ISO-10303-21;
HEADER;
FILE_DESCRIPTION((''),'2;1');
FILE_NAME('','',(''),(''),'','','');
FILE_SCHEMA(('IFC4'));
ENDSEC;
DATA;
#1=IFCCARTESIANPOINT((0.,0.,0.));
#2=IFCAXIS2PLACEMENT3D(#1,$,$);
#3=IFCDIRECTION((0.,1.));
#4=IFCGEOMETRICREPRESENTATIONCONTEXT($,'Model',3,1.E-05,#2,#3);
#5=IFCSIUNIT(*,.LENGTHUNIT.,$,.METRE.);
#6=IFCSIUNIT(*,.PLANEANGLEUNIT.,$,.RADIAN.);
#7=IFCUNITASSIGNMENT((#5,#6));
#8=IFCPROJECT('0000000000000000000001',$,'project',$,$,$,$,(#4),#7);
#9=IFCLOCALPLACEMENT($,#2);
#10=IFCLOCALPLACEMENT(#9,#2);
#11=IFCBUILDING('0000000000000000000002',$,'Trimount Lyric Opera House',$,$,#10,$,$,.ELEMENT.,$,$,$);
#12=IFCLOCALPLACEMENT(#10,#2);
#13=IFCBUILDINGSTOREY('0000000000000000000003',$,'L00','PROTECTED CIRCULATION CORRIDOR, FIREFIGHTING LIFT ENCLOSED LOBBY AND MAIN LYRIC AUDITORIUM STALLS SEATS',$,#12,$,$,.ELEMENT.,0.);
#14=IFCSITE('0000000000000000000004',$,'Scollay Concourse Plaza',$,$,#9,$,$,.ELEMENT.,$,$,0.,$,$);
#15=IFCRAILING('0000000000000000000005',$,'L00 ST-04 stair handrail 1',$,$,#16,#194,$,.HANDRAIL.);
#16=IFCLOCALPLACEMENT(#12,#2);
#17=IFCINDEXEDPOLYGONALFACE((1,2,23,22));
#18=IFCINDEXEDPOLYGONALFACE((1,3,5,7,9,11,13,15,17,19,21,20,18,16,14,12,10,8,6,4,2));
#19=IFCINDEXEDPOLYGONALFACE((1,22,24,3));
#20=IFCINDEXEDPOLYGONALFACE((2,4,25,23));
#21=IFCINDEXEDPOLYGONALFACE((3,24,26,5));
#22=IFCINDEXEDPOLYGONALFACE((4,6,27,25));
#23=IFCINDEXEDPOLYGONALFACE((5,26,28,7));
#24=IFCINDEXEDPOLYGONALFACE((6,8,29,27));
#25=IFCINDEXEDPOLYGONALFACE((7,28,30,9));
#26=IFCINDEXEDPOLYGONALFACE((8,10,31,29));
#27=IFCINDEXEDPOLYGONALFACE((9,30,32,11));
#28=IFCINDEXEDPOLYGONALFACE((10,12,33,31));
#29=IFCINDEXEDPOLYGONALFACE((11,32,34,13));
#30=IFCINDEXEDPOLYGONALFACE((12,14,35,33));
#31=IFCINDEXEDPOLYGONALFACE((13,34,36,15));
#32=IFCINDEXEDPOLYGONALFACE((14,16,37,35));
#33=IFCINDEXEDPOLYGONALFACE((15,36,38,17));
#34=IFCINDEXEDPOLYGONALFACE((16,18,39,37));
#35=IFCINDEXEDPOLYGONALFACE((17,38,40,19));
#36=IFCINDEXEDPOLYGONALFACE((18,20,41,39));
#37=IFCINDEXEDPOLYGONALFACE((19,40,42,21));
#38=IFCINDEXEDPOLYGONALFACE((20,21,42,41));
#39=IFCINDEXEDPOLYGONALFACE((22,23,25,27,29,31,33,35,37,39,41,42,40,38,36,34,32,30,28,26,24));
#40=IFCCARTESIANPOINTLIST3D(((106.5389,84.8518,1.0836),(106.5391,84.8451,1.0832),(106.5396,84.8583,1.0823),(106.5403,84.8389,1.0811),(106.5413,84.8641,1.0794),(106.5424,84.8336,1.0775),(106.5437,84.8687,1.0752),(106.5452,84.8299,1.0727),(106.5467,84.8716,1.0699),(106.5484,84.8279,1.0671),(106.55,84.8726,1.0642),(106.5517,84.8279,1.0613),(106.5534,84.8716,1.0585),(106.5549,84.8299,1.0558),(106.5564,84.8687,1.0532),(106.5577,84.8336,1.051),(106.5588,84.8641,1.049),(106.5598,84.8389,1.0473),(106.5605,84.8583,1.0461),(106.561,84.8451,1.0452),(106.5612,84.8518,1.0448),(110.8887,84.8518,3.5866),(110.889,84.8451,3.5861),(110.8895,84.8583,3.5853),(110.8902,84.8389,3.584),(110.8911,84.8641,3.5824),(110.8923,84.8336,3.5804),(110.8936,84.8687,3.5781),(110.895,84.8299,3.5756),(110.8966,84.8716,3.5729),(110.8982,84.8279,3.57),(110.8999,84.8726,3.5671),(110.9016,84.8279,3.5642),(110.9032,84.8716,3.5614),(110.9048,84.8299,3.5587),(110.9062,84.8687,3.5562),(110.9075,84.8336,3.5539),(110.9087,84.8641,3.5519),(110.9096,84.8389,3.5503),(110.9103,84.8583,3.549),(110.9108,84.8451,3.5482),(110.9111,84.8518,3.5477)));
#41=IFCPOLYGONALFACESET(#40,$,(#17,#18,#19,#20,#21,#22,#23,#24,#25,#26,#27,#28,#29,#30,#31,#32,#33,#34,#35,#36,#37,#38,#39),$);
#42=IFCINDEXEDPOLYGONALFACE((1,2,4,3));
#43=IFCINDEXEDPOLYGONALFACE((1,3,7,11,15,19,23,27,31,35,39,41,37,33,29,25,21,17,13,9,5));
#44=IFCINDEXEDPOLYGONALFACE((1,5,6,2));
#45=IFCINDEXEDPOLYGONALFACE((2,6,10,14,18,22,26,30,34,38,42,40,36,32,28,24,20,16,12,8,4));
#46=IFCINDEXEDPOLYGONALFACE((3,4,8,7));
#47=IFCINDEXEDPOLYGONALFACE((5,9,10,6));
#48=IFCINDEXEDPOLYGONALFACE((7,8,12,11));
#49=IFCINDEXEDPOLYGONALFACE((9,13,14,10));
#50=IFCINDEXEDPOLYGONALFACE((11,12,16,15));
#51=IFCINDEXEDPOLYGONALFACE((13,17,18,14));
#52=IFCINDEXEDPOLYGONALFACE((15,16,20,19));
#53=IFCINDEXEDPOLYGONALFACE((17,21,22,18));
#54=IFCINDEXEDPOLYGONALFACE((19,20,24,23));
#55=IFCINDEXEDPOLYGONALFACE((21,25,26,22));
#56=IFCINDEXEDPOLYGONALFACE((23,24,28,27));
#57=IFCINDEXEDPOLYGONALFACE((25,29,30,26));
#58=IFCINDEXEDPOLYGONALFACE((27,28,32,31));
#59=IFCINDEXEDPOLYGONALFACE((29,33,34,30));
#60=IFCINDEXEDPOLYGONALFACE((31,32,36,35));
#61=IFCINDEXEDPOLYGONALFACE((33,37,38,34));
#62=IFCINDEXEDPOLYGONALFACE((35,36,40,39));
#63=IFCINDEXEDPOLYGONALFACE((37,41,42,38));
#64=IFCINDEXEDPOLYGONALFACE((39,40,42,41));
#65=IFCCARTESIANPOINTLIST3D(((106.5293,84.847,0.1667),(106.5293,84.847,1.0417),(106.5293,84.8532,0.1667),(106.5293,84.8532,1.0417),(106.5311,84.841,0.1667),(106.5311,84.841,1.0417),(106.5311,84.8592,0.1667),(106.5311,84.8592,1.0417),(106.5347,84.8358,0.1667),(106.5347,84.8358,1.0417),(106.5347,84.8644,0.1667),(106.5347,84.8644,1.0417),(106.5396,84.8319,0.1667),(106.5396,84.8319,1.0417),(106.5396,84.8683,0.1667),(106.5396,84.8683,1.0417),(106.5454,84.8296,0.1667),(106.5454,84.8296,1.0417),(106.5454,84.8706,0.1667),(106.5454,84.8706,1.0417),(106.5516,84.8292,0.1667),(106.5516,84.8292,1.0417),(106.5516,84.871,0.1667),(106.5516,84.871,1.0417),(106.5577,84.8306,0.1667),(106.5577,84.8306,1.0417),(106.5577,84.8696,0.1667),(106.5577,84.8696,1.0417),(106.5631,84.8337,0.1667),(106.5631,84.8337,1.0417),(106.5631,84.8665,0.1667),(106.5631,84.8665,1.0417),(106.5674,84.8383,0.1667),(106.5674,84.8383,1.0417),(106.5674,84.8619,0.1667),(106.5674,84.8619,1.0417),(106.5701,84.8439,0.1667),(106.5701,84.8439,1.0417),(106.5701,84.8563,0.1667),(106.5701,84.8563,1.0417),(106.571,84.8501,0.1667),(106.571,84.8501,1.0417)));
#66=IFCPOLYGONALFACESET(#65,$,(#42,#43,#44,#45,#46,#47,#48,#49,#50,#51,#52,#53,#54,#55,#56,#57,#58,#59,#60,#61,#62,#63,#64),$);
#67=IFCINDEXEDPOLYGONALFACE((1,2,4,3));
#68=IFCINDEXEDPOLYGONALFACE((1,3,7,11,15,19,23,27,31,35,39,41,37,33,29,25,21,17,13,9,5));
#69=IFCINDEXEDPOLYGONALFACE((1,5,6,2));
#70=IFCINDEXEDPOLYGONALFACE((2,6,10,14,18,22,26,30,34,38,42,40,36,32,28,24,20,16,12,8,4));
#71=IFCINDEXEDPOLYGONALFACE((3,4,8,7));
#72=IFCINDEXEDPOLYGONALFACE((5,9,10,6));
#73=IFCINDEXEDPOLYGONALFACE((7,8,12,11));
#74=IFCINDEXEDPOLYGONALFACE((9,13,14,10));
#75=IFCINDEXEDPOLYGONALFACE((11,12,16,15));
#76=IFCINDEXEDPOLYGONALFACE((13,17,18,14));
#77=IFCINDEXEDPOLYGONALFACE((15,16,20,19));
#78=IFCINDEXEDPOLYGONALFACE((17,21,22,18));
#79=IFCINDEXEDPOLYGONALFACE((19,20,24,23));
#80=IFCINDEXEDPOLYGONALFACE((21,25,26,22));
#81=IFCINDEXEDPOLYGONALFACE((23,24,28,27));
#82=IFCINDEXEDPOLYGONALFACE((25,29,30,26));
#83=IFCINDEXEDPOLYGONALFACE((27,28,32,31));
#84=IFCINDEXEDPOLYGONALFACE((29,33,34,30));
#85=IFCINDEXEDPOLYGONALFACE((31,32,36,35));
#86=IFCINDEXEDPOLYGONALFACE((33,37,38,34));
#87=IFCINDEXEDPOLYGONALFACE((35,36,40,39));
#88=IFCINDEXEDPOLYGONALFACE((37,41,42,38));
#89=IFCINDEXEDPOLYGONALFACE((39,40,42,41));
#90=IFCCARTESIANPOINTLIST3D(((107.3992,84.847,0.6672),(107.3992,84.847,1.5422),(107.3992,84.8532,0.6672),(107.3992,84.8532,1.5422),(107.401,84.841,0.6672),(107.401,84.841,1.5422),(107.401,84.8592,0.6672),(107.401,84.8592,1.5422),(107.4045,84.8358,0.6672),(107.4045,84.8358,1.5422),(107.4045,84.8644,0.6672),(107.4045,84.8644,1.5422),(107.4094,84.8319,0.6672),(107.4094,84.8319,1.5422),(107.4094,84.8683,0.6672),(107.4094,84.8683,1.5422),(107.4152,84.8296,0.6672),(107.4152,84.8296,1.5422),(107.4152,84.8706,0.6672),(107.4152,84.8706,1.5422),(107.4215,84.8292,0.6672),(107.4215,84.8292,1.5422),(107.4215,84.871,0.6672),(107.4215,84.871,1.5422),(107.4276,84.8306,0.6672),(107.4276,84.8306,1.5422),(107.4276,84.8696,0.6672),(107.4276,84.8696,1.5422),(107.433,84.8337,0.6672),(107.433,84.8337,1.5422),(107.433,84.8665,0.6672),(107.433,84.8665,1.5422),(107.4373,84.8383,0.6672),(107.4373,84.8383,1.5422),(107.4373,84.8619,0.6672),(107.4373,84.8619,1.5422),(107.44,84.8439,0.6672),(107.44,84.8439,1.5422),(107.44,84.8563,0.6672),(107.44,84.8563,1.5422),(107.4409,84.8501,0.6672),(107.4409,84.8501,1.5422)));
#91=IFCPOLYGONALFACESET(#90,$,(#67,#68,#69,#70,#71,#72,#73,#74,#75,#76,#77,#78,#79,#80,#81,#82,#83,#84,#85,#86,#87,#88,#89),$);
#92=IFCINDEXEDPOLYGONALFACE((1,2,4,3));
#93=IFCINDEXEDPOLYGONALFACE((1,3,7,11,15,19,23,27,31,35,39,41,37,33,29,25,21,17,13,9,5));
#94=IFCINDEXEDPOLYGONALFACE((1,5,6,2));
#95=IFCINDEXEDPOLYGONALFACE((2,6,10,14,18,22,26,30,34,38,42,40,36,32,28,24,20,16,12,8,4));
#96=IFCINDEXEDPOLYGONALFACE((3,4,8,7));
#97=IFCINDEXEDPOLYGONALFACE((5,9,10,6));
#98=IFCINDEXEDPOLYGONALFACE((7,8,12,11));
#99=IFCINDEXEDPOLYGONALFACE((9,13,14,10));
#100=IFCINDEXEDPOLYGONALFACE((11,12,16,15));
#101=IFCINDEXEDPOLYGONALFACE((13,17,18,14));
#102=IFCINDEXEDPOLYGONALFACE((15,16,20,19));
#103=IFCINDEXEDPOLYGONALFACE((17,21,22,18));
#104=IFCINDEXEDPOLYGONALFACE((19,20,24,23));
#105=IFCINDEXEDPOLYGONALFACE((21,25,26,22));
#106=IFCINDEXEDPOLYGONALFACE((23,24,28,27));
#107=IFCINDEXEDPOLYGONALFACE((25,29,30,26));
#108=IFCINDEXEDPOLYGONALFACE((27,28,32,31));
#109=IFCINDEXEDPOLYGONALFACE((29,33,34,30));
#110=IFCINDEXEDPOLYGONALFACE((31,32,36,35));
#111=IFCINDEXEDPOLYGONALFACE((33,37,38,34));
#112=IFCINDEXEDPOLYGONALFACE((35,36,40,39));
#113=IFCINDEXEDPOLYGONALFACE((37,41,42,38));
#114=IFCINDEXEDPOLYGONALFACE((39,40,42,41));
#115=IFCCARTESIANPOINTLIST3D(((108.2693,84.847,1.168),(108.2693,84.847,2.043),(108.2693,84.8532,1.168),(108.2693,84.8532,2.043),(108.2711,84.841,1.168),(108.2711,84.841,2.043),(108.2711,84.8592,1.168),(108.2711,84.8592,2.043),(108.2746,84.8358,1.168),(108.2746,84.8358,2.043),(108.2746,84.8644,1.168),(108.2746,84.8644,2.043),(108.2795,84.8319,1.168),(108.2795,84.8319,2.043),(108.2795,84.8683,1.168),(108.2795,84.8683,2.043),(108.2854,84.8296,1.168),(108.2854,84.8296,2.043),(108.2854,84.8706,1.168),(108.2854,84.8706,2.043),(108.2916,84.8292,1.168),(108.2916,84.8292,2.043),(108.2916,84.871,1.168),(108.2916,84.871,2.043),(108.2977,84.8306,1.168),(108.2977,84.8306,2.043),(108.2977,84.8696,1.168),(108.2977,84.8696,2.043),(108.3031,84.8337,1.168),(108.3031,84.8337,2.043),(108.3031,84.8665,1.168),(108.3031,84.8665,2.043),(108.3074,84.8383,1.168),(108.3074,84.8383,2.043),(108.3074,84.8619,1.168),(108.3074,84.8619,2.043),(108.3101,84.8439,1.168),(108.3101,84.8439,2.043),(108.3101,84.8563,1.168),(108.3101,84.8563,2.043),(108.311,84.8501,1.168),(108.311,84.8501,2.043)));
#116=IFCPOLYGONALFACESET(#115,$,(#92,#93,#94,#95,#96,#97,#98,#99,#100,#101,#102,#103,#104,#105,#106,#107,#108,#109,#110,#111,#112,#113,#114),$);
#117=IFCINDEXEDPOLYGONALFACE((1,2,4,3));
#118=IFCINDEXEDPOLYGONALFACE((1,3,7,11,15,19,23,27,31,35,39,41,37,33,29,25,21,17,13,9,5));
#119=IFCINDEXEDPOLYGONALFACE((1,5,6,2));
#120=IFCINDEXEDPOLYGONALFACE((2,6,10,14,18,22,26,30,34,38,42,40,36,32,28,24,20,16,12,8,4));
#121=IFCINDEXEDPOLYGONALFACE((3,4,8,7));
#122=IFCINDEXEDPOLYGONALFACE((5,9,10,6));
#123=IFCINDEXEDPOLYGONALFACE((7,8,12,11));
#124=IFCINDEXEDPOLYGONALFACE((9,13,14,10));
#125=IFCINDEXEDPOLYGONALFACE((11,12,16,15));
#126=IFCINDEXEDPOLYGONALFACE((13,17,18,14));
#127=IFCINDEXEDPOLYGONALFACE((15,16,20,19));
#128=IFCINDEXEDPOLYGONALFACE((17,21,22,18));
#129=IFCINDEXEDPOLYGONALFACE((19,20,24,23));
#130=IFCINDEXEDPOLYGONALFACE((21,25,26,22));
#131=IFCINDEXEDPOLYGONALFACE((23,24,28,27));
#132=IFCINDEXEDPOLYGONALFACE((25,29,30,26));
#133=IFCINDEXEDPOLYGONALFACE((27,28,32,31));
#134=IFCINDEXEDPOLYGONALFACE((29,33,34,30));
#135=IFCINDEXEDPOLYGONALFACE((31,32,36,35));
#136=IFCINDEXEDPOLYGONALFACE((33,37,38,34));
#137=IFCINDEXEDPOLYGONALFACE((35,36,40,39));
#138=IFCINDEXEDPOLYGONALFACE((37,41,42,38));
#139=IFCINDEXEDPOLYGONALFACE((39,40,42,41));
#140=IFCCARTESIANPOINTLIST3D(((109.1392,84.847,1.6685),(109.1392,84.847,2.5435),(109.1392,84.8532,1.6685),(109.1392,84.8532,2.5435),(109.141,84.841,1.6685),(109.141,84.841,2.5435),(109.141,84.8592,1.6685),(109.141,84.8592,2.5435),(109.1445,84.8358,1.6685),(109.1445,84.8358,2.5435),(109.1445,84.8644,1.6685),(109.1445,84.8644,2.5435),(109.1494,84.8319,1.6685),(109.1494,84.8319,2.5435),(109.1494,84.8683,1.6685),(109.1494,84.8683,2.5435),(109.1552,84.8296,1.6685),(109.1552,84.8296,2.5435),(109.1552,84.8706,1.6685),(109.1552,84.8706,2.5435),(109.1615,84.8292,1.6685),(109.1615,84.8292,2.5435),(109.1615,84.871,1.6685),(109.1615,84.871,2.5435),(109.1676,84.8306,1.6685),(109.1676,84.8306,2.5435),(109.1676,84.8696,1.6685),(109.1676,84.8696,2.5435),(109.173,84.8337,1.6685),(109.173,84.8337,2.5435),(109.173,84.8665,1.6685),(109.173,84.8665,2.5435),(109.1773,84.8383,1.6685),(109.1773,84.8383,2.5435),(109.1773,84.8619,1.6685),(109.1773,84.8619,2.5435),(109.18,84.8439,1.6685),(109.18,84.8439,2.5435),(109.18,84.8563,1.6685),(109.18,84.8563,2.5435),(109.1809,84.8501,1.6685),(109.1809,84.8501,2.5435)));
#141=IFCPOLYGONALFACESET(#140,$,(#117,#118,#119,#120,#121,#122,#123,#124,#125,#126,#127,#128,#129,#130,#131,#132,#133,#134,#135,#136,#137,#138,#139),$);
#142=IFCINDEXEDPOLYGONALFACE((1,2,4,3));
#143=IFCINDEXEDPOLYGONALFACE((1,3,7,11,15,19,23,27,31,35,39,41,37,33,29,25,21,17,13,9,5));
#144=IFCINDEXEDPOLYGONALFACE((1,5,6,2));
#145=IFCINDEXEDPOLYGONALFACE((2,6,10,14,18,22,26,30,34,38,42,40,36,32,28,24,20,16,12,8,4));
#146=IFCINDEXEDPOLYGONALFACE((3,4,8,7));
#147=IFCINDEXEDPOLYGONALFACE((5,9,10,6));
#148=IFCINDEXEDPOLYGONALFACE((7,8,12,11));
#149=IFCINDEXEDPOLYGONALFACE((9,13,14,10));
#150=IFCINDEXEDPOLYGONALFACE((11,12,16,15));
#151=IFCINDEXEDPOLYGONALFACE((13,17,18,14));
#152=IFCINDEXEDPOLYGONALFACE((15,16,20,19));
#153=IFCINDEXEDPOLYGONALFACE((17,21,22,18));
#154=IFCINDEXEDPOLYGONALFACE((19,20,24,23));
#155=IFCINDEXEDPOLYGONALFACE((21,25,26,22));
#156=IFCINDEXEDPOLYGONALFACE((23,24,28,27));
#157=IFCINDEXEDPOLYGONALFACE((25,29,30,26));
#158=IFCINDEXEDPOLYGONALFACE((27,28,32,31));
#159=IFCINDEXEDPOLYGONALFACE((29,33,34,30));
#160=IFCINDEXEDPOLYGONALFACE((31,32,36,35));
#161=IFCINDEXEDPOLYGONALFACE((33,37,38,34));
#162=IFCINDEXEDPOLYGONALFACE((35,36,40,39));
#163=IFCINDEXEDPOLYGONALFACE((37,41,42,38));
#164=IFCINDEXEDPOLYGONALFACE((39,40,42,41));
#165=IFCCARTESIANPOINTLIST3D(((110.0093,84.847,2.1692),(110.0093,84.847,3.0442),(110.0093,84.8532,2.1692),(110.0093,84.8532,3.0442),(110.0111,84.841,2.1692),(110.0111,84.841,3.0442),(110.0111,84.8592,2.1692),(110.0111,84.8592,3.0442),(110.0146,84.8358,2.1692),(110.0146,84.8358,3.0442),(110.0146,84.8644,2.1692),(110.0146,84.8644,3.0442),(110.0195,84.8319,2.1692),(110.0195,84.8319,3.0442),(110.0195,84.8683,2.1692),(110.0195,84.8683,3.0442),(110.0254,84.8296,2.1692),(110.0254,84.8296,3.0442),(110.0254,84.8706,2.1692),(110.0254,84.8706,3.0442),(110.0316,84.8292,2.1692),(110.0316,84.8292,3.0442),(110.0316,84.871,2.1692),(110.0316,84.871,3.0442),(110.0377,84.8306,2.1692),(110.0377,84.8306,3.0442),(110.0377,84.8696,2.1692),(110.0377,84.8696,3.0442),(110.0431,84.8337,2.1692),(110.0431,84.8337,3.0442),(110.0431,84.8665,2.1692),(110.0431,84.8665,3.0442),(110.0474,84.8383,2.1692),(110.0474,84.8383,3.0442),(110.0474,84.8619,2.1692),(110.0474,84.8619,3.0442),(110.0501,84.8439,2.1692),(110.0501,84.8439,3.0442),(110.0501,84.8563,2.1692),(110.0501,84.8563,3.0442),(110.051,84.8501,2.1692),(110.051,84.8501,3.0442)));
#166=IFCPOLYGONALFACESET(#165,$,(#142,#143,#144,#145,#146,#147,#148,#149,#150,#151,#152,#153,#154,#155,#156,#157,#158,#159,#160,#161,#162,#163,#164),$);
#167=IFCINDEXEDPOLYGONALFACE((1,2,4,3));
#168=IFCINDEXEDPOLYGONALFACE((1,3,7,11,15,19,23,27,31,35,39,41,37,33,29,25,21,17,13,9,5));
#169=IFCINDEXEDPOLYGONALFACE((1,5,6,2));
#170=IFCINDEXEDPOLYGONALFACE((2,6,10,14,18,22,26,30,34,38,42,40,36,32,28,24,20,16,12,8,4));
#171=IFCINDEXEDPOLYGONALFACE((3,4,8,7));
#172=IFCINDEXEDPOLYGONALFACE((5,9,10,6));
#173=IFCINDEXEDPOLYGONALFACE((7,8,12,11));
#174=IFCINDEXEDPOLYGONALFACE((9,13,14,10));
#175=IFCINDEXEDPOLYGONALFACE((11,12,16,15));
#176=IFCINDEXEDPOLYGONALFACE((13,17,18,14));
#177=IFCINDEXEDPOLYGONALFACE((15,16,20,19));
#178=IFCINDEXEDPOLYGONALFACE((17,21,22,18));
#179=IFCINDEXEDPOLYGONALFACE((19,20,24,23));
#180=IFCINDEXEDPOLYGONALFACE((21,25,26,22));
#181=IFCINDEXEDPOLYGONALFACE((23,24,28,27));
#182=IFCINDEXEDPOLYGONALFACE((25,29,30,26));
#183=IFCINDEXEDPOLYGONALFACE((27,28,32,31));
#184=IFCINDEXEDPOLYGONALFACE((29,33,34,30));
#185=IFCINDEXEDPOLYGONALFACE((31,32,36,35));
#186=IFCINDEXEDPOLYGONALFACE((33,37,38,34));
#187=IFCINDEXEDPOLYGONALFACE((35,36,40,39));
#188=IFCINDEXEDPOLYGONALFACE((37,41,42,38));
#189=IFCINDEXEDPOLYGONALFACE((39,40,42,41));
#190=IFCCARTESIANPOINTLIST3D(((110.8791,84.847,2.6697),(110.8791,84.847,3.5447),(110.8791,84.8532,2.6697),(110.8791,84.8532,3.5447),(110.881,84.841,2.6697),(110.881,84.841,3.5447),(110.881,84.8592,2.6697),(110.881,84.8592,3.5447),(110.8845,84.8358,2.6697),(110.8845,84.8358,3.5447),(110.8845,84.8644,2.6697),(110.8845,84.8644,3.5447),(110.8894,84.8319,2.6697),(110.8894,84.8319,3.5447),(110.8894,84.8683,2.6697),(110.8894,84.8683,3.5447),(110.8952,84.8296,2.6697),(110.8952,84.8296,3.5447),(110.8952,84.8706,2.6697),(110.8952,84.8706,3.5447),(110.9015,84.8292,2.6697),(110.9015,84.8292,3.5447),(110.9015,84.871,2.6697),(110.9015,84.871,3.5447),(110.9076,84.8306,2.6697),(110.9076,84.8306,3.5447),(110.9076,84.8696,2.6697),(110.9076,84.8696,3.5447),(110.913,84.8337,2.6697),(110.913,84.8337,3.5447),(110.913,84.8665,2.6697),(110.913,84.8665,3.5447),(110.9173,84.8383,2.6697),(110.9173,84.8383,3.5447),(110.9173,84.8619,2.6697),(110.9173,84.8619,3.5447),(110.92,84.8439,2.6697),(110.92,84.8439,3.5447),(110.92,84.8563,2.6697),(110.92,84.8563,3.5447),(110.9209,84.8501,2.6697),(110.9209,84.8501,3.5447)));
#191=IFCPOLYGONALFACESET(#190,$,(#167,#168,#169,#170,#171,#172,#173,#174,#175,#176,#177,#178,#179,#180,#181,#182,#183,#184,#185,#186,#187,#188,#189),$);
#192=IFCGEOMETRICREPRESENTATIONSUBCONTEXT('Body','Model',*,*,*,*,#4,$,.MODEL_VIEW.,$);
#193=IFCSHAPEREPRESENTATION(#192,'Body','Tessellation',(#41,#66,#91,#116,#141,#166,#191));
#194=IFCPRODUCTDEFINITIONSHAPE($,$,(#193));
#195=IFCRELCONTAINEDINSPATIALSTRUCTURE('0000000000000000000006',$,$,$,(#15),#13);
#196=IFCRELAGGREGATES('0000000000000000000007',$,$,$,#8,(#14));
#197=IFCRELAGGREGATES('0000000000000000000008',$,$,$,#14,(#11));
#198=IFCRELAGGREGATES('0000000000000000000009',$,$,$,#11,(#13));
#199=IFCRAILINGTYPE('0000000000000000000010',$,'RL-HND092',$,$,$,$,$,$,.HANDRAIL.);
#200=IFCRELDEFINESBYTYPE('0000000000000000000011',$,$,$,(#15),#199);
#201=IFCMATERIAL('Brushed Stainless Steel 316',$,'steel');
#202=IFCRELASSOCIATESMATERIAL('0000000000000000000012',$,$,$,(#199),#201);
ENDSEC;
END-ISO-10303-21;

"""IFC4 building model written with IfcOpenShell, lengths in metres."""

from ifc_helpers import new_model, si_unit, direction, frame, origin, origin_2d, place, context, subcontext, project, spatial, circle, extrude, material, type_object, element, save


model = new_model("IFC4")

# Units and contexts
model_context = context("Model", 3, precision=1e-05, world=origin(), true_north=direction((0.0, 1.0)))
body_context = subcontext(model_context, "Body", "Model", "MODEL_VIEW")
ifc_project = project(units=[si_unit("LENGTHUNIT", "METRE"), si_unit("PLANEANGLEUNIT", "RADIAN")], contexts=[model_context])

# Site, building, storey
site_placement = place(None, origin())
site = spatial("IfcSite", under=ifc_project, at=site_placement, Name="Scollay Concourse Plaza", CompositionType="ELEMENT", RefElevation=0.0)
building_placement = place(site_placement, origin())
building = spatial("IfcBuilding", under=site, at=building_placement, Name="Trimount Lyric Opera House", CompositionType="ELEMENT")
storey_placement = place(building_placement, origin())
storey = spatial("IfcBuildingStorey", under=building, at=storey_placement, Name="L00", Description="PROTECTED CIRCULATION CORRIDOR, FIREFIGHTING LIFT ENCLOSED LOBBY AND MAIN LYRIC AUDITORIUM STALLS SEATS", CompositionType="ELEMENT", Elevation=0.0)

# Railing
ifc_material_1 = material(Name="Brushed Stainless Steel 316", Category="steel")
railing_type_1 = type_object("IfcRailingType", Name="RL-HND092", PredefinedType="HANDRAIL", material=ifc_material_1)
railing_1_placement = place(storey_placement, frame((106.55, 84.8501, 0.1667)))
element("IfcRailing", 1, at=railing_1_placement, inside=storey, type_object=railing_type_1, Name="L00 ST-04 stair handrail 1", PredefinedType="HANDRAIL", context=body_context, shape_type="SweptSolid", body=[
    extrude(circle(Radius=0.0225, at=origin_2d()), frame((0.0, 0.0, 0.8975), z_axis=(0.866754, 0.0, 0.498735), x_axis=(0.0, 1.0, 0.0)), (0.0, 0.0, 1.0), 5.0186),
    extrude(circle(Radius=0.021, at=origin_2d()), origin(), (0.0, 0.0, 1.0), 0.875),
    extrude(circle(Radius=0.021, at=origin_2d()), frame((0.8699, 0.0, 0.5005)), (0.0, 0.0, 1.0), 0.875),
    extrude(circle(Radius=0.021, at=origin_2d()), frame((1.74, 0.0, 1.0012)), (0.0, 0.0, 1.0), 0.875),
    extrude(circle(Radius=0.021, at=origin_2d()), frame((2.6099, 0.0, 1.5017)), (0.0, 0.0, 1.0), 0.875),
    extrude(circle(Radius=0.021, at=origin_2d()), frame((3.48, 0.0, 2.0024)), (0.0, 0.0, 1.0), 0.875),
    extrude(circle(Radius=0.021, at=origin_2d()), frame((4.3499, 0.0, 2.5029)), (0.0, 0.0, 1.0), 0.875),
])

save(model, "model.ifc")
